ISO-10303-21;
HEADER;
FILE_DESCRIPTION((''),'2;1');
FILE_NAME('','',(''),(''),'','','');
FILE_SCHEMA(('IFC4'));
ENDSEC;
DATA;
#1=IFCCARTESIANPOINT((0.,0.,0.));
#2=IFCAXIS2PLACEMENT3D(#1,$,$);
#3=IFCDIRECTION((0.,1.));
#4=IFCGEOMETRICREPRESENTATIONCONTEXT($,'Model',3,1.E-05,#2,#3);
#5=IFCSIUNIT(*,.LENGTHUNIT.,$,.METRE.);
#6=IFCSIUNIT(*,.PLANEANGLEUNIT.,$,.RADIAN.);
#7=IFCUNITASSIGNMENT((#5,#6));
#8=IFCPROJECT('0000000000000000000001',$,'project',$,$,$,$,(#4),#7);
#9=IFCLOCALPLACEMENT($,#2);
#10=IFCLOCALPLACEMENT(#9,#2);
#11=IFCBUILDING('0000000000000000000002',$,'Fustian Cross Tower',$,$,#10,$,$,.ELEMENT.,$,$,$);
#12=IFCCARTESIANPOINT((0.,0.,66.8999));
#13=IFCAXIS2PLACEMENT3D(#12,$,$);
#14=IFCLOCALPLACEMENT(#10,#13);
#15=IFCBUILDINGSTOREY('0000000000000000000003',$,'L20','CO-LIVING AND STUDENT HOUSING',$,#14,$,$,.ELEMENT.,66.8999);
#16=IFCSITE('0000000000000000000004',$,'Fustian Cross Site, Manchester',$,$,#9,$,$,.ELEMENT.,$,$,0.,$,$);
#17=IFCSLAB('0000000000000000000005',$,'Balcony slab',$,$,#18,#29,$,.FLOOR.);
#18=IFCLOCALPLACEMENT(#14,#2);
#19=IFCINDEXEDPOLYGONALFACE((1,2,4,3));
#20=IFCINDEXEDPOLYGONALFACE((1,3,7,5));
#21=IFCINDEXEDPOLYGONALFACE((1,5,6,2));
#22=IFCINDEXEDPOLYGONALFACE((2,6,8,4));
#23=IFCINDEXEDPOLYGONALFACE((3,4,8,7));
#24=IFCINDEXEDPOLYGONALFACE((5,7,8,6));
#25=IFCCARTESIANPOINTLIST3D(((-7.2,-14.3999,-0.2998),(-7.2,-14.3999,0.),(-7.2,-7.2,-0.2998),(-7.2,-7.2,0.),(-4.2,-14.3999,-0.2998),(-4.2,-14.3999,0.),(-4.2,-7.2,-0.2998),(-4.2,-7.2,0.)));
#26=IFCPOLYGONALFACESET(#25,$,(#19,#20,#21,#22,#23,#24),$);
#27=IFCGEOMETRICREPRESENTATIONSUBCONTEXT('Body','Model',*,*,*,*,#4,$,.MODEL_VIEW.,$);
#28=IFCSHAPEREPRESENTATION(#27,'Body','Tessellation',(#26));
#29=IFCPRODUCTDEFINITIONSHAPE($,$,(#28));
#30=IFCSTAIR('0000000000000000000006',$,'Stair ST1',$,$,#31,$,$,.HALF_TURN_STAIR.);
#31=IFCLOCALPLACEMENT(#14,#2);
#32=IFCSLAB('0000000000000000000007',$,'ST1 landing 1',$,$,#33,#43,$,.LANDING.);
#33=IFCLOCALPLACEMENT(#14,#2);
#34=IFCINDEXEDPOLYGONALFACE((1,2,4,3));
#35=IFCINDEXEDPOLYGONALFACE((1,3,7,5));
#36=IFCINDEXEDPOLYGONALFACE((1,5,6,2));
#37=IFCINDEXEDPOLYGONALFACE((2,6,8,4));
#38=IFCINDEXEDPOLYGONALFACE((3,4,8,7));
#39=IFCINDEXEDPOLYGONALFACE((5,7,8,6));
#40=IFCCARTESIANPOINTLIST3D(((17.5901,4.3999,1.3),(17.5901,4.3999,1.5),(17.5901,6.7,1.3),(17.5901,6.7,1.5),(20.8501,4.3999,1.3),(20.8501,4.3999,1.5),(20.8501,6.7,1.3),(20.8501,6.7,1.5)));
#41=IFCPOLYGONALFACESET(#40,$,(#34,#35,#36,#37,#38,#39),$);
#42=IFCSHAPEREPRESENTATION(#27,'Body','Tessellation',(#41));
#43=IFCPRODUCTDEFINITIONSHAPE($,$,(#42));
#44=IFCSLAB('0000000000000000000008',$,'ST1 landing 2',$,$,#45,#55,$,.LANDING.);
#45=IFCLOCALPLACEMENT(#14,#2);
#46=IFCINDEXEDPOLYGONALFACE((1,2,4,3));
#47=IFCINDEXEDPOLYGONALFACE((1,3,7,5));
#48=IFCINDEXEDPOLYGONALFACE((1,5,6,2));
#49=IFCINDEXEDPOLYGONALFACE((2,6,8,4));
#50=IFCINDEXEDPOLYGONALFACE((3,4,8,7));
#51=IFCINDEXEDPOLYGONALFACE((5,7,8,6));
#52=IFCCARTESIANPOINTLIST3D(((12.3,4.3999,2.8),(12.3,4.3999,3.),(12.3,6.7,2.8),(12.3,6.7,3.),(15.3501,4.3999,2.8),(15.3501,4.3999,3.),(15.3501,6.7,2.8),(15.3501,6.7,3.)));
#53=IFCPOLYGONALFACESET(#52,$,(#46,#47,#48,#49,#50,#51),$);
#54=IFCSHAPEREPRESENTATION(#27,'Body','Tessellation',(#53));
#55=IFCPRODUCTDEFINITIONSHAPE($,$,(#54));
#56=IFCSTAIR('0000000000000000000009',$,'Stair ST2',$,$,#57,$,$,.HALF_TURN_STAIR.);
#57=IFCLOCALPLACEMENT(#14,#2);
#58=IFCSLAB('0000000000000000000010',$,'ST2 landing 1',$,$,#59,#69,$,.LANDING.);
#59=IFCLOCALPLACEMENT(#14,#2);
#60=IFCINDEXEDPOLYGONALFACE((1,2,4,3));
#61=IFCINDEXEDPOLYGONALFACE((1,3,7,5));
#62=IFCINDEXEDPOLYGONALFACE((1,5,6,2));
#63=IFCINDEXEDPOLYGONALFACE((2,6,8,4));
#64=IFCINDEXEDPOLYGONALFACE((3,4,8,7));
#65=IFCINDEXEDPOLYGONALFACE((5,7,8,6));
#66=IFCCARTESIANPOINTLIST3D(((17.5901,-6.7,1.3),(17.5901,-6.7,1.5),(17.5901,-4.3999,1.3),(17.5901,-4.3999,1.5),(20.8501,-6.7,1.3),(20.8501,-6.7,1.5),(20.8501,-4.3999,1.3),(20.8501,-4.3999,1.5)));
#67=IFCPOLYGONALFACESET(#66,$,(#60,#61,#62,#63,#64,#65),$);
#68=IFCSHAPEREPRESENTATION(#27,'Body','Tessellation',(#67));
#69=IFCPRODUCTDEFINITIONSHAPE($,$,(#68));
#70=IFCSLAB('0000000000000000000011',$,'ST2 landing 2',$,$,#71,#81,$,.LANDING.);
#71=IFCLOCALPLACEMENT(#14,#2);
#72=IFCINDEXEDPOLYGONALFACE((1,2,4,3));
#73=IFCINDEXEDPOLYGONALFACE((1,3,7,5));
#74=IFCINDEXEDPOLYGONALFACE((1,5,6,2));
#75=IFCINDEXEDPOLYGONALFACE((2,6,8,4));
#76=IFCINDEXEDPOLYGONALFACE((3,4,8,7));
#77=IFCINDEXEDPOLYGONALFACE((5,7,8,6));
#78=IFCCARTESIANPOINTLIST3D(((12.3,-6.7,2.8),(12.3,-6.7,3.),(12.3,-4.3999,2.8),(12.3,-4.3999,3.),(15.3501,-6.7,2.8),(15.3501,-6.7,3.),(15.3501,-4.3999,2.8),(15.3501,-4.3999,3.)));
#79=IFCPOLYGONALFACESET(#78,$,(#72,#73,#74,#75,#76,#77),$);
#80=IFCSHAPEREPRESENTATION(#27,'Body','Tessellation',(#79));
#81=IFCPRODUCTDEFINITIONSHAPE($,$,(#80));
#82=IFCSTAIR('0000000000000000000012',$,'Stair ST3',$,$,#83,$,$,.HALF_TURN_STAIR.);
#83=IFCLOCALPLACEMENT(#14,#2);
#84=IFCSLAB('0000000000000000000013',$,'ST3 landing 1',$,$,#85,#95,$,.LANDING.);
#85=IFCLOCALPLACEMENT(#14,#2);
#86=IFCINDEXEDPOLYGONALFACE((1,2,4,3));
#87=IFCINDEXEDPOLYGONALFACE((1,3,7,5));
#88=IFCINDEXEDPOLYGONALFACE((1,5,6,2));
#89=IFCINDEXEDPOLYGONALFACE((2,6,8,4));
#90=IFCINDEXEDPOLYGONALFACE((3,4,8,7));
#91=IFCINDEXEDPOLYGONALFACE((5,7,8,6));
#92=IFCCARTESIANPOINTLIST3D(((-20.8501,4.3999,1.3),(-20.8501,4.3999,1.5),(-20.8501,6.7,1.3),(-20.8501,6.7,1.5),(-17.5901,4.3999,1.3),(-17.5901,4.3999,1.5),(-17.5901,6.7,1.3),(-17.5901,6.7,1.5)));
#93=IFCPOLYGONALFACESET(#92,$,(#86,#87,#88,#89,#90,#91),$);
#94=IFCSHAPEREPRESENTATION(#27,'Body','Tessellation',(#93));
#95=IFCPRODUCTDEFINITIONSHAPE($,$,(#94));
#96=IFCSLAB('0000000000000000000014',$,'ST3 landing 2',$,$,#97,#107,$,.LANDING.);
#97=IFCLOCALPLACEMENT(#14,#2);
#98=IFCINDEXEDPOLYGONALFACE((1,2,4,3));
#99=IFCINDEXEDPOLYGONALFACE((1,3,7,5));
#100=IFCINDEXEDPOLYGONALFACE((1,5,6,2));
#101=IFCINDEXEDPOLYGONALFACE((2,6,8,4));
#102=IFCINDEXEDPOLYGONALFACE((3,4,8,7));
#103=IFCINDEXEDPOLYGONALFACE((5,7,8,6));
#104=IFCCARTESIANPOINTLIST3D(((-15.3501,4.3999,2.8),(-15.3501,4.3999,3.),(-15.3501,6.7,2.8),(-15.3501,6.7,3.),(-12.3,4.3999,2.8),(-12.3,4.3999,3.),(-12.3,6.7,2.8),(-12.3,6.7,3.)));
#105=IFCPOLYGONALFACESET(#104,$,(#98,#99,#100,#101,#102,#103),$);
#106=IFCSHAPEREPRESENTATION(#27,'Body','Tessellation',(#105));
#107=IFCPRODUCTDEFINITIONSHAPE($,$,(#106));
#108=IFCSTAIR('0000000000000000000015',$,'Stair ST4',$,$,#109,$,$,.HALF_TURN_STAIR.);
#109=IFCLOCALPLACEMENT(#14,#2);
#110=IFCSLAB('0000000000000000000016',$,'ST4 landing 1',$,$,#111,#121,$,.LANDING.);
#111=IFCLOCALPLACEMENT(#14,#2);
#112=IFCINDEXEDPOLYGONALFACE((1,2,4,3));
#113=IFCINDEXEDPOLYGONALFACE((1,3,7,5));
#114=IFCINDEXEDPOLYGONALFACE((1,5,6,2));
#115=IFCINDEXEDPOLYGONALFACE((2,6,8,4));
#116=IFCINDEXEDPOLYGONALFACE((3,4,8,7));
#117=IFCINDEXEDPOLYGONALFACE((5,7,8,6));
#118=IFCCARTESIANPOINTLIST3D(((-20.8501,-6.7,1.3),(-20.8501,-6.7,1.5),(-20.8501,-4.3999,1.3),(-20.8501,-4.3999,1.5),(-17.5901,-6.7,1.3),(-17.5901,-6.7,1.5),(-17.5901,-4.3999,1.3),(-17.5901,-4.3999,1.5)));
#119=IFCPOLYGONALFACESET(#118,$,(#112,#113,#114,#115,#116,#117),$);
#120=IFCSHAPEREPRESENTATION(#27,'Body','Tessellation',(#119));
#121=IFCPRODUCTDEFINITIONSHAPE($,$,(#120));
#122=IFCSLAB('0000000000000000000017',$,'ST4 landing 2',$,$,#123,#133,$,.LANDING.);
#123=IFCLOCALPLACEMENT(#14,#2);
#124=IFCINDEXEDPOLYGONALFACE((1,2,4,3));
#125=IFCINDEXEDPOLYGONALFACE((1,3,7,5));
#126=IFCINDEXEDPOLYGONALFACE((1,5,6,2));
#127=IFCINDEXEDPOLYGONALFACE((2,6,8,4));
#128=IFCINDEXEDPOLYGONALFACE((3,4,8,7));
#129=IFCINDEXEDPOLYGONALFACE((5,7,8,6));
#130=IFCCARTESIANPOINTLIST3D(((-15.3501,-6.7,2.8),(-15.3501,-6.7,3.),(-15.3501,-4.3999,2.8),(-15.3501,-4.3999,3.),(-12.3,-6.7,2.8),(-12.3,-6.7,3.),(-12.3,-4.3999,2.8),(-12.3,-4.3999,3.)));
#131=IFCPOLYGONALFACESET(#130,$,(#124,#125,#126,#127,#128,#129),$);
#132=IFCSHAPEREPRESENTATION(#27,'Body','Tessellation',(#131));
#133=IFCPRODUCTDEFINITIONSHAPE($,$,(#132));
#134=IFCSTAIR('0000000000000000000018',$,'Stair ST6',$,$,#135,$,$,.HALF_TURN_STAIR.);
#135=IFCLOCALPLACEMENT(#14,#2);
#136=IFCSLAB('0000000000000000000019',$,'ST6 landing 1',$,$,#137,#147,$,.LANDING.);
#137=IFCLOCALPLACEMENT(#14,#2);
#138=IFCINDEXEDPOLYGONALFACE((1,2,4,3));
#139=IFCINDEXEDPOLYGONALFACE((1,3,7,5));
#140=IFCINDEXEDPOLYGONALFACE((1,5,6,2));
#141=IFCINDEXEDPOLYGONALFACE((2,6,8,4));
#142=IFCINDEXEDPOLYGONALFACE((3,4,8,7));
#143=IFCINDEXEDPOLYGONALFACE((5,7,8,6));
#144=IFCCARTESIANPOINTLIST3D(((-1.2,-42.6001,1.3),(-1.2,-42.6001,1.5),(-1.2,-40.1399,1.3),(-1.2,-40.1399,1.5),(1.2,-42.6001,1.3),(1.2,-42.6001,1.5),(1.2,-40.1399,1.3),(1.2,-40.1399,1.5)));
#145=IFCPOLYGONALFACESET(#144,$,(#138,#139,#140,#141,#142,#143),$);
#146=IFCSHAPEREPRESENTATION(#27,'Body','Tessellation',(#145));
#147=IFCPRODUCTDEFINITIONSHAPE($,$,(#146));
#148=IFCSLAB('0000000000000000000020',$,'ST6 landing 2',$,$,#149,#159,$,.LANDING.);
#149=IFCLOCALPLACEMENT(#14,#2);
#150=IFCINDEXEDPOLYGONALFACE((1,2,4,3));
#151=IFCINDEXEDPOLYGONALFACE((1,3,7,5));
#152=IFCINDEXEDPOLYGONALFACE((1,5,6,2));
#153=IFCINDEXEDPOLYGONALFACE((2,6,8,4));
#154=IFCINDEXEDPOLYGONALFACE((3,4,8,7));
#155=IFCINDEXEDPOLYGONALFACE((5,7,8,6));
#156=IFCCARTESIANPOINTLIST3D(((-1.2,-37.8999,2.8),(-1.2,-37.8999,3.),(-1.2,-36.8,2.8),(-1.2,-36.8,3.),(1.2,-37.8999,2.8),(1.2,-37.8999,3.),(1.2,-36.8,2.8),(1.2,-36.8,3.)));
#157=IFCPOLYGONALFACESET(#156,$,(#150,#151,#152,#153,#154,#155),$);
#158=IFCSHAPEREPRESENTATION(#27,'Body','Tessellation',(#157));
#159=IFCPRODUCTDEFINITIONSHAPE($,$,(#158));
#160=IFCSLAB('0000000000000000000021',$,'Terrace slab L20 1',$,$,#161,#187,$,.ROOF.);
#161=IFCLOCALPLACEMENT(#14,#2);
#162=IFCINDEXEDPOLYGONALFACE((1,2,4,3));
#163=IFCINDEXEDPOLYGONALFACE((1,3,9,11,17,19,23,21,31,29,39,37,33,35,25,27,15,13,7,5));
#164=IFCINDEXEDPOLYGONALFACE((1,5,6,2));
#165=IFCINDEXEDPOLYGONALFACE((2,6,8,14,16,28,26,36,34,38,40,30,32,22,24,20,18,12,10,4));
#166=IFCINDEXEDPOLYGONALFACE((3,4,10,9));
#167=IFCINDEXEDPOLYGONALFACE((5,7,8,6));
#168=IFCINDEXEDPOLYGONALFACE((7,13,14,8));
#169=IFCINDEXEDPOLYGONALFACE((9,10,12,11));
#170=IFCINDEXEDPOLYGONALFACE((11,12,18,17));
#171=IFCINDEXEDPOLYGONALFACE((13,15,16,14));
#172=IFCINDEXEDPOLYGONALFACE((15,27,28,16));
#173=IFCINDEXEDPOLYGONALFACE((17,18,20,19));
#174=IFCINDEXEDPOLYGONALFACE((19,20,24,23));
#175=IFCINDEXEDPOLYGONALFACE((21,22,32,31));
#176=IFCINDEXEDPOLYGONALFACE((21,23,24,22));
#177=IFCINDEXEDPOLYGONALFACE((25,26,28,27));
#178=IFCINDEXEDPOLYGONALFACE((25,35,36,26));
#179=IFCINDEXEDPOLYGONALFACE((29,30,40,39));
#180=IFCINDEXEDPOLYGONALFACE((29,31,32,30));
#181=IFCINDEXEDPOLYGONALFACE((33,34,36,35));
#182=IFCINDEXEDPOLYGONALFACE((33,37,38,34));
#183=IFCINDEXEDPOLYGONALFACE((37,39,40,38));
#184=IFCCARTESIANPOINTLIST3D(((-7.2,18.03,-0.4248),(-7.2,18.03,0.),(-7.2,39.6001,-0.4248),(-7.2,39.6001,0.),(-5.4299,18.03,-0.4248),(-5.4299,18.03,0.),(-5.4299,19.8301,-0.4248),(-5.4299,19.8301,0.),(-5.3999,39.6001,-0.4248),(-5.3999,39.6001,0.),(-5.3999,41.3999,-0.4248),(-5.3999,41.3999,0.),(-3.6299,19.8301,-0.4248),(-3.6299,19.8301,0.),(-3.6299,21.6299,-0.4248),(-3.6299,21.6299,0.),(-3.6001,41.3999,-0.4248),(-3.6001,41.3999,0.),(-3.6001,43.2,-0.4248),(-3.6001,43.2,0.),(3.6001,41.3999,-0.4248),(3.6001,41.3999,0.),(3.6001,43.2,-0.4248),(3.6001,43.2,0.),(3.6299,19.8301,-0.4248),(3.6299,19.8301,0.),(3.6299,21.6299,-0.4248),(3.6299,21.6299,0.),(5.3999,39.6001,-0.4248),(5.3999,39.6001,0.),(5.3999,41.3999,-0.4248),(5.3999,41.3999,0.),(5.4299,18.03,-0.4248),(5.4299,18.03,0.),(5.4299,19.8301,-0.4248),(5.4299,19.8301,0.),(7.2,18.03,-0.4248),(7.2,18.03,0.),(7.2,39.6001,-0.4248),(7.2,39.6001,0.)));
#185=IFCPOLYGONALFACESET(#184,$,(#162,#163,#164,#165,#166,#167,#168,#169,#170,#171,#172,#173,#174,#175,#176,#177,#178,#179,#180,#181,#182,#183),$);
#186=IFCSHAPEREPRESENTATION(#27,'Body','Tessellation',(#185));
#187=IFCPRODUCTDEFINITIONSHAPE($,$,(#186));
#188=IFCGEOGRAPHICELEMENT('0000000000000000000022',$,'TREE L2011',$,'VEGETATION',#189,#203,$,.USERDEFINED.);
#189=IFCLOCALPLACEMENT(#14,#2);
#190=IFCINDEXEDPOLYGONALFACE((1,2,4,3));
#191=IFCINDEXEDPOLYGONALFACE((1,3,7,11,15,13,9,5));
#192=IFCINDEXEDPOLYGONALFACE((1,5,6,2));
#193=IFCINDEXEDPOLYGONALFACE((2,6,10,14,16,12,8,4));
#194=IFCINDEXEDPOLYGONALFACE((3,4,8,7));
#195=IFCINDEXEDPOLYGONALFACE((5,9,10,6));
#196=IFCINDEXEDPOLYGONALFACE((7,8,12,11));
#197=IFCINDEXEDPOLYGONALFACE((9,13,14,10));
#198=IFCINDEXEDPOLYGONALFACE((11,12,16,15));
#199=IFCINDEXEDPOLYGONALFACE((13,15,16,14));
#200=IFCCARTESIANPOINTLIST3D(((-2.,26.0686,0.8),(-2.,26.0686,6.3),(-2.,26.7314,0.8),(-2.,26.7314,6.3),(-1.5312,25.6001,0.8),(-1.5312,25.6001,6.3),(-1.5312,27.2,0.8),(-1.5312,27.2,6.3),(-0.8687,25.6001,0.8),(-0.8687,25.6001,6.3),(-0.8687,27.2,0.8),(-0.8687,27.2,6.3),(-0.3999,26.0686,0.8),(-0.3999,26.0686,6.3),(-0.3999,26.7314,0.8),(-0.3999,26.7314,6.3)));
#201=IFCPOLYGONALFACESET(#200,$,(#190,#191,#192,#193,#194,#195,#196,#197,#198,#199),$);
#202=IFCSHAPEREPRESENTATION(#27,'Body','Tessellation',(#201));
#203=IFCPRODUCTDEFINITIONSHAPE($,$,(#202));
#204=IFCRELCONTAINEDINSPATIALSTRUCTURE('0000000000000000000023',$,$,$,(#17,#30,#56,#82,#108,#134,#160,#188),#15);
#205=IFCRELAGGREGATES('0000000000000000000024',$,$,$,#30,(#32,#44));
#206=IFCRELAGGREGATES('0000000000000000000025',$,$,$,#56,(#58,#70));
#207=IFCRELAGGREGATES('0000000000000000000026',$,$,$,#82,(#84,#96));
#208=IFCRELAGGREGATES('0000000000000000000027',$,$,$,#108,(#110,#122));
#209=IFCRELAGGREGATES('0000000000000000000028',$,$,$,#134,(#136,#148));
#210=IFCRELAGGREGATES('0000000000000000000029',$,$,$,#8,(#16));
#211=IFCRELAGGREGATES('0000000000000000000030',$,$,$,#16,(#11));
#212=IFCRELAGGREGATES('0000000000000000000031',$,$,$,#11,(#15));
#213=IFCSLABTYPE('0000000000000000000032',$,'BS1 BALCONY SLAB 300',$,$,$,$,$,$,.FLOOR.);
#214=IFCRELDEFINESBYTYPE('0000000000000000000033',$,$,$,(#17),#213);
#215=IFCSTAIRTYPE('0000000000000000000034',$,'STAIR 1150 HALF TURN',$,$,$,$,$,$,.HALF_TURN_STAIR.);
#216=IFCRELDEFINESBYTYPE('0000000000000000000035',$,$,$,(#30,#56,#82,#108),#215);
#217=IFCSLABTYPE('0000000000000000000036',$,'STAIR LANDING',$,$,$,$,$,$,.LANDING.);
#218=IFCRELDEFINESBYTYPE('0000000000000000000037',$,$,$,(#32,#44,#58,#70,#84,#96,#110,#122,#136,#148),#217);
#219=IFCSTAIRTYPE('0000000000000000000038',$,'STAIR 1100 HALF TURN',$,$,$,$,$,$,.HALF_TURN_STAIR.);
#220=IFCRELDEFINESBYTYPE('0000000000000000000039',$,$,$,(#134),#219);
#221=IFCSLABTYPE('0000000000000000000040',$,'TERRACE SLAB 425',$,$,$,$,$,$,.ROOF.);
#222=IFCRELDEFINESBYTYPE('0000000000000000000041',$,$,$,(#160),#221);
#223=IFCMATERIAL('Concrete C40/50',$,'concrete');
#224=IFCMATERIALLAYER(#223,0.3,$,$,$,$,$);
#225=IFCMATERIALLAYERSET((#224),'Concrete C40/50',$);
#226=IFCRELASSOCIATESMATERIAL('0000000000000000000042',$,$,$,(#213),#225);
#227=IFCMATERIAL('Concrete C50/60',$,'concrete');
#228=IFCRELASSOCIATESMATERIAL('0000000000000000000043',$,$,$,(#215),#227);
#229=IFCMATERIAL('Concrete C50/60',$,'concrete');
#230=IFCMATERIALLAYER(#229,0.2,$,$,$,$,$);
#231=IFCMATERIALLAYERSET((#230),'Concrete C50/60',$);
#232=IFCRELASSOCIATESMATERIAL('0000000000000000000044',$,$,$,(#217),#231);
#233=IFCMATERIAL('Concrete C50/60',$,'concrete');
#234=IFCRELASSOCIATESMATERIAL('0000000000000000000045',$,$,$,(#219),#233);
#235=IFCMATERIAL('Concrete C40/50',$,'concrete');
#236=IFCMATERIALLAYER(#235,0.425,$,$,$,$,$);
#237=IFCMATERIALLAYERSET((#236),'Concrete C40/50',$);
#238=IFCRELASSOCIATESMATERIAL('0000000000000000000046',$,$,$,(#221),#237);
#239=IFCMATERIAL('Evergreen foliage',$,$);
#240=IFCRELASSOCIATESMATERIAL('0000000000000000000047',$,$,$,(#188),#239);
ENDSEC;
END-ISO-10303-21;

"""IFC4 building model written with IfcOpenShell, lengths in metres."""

from ifc_helpers import new_model, si_unit, direction, frame, origin, place, context, subcontext, project, spatial, polyline, outline, extrude, material, layer, layer_set, type_object, element, aggregate, save


model = new_model("IFC4")

# Units and contexts
model_context = context("Model", 3, precision=1e-05, world=origin(), true_north=direction((0.0, 1.0)))
body_context = subcontext(model_context, "Body", "Model", "MODEL_VIEW")
ifc_project = project(units=[si_unit("LENGTHUNIT", "METRE"), si_unit("PLANEANGLEUNIT", "RADIAN")], contexts=[model_context])

# Site, building, storey
site_placement = place(None, origin())
site = spatial("IfcSite", under=ifc_project, at=site_placement, Name="Fustian Cross Site, Manchester", CompositionType="ELEMENT", RefElevation=0.0)
building_placement = place(site_placement, origin())
building = spatial("IfcBuilding", under=site, at=building_placement, Name="Fustian Cross Tower", CompositionType="ELEMENT")
storey_placement = place(building_placement, frame((0.0, 0.0, 66.8999)))
storey = spatial("IfcBuildingStorey", under=building, at=storey_placement, Name="L20", Description="CO-LIVING AND STUDENT HOUSING", CompositionType="ELEMENT", Elevation=66.8999)

# Slab
ifc_material_1 = material(Name="Concrete C40/50", Category="concrete")
ifc_layer_1 = layer(ifc_material_1, 0.3)
ifc_layer_set_1 = layer_set([ifc_layer_1], Name="Concrete C40/50")
slab_type_1 = type_object("IfcSlabType", Name="BS1 BALCONY SLAB 300", PredefinedType="FLOOR", material=ifc_layer_set_1)
slab_1_placement = place(storey_placement, frame((0.0, 0.0, -0.2998)))
element("IfcSlab", 1, at=slab_1_placement, inside=storey, type_object=slab_type_1, Name="Balcony slab", PredefinedType="FLOOR", context=body_context, shape_type="SweptSolid", body=[
    extrude(outline(polyline([(-7.2, -14.3999), (-4.2, -14.3999), (-4.2, -7.2), (-7.2, -7.2), (-7.2, -14.3999)])), origin(), (0.0, 0.0, 1.0), 0.2998),
])

# Stairs, slabs
ifc_material_2 = material(Name="Concrete C50/60", Category="concrete")
stair_type_1 = type_object("IfcStairType", Name="STAIR 1150 HALF TURN", PredefinedType="HALF_TURN_STAIR", material=ifc_material_2)
stair_1_placement = place(storey_placement, origin())
stair_1 = element("IfcStair", 2, at=stair_1_placement, inside=storey, type_object=stair_type_1, Name="Stair ST1", PredefinedType="HALF_TURN_STAIR")
ifc_material_3 = material(Name="Concrete C50/60", Category="concrete")
ifc_layer_2 = layer(ifc_material_3, 0.2)
ifc_layer_set_2 = layer_set([ifc_layer_2], Name="Concrete C50/60")
slab_type_2 = type_object("IfcSlabType", Name="STAIR LANDING", PredefinedType="LANDING", material=ifc_layer_set_2)
slab_2_placement = place(storey_placement, frame((0.0, 0.0, 1.3)))
slab_2 = element("IfcSlab", 3, at=slab_2_placement, type_object=slab_type_2, Name="ST1 landing 1", PredefinedType="LANDING", context=body_context, shape_type="SweptSolid", body=[
    extrude(outline(polyline([(17.5901, 4.3999), (20.8501, 4.3999), (20.8501, 6.7), (17.5901, 6.7), (17.5901, 4.3999)])), origin(), (0.0, 0.0, 1.0), 0.2),
])
slab_3_placement = place(storey_placement, frame((0.0, 0.0, 2.8)))
slab_3 = element("IfcSlab", 4, at=slab_3_placement, type_object=slab_type_2, Name="ST1 landing 2", PredefinedType="LANDING", context=body_context, shape_type="SweptSolid", body=[
    extrude(outline(polyline([(12.3, 4.3999), (15.3501, 4.3999), (15.3501, 6.7), (12.3, 6.7), (12.3, 4.3999)])), origin(), (0.0, 0.0, 1.0), 0.2),
])
aggregate(stair_1, [slab_2, slab_3])
stair_2_placement = place(storey_placement, origin())
stair_2 = element("IfcStair", 5, at=stair_2_placement, inside=storey, type_object=stair_type_1, Name="Stair ST2", PredefinedType="HALF_TURN_STAIR")
slab_4_placement = place(storey_placement, frame((0.0, 0.0, 1.3)))
slab_4 = element("IfcSlab", 6, at=slab_4_placement, type_object=slab_type_2, Name="ST2 landing 1", PredefinedType="LANDING", context=body_context, shape_type="SweptSolid", body=[
    extrude(outline(polyline([(17.5901, -4.3999), (20.8501, -4.3999), (20.8501, -6.7), (17.5901, -6.7), (17.5901, -4.3999)])), origin(), (0.0, 0.0, 1.0), 0.2),
])
slab_5_placement = place(storey_placement, frame((0.0, 0.0, 2.8)))
slab_5 = element("IfcSlab", 7, at=slab_5_placement, type_object=slab_type_2, Name="ST2 landing 2", PredefinedType="LANDING", context=body_context, shape_type="SweptSolid", body=[
    extrude(outline(polyline([(12.3, -4.3999), (15.3501, -4.3999), (15.3501, -6.7), (12.3, -6.7), (12.3, -4.3999)])), origin(), (0.0, 0.0, 1.0), 0.2),
])
aggregate(stair_2, [slab_4, slab_5])
stair_3_placement = place(storey_placement, origin())
stair_3 = element("IfcStair", 8, at=stair_3_placement, inside=storey, type_object=stair_type_1, Name="Stair ST3", PredefinedType="HALF_TURN_STAIR")
slab_6_placement = place(storey_placement, frame((0.0, 0.0, 1.3)))
slab_6 = element("IfcSlab", 9, at=slab_6_placement, type_object=slab_type_2, Name="ST3 landing 1", PredefinedType="LANDING", context=body_context, shape_type="SweptSolid", body=[
    extrude(outline(polyline([(-17.5901, 4.3999), (-20.8501, 4.3999), (-20.8501, 6.7), (-17.5901, 6.7), (-17.5901, 4.3999)])), origin(), (0.0, 0.0, 1.0), 0.2),
])
slab_7_placement = place(storey_placement, frame((0.0, 0.0, 2.8)))
slab_7 = element("IfcSlab", 10, at=slab_7_placement, type_object=slab_type_2, Name="ST3 landing 2", PredefinedType="LANDING", context=body_context, shape_type="SweptSolid", body=[
    extrude(outline(polyline([(-12.3, 4.3999), (-15.3501, 4.3999), (-15.3501, 6.7), (-12.3, 6.7), (-12.3, 4.3999)])), origin(), (0.0, 0.0, 1.0), 0.2),
])
aggregate(stair_3, [slab_6, slab_7])
stair_4_placement = place(storey_placement, origin())
stair_4 = element("IfcStair", 11, at=stair_4_placement, inside=storey, type_object=stair_type_1, Name="Stair ST4", PredefinedType="HALF_TURN_STAIR")
slab_8_placement = place(storey_placement, frame((0.0, 0.0, 1.3)))
slab_8 = element("IfcSlab", 12, at=slab_8_placement, type_object=slab_type_2, Name="ST4 landing 1", PredefinedType="LANDING", context=body_context, shape_type="SweptSolid", body=[
    extrude(outline(polyline([(-17.5901, -4.3999), (-20.8501, -4.3999), (-20.8501, -6.7), (-17.5901, -6.7), (-17.5901, -4.3999)])), origin(), (0.0, 0.0, 1.0), 0.2),
])
slab_9_placement = place(storey_placement, frame((0.0, 0.0, 2.8)))
slab_9 = element("IfcSlab", 13, at=slab_9_placement, type_object=slab_type_2, Name="ST4 landing 2", PredefinedType="LANDING", context=body_context, shape_type="SweptSolid", body=[
    extrude(outline(polyline([(-12.3, -4.3999), (-15.3501, -4.3999), (-15.3501, -6.7), (-12.3, -6.7), (-12.3, -4.3999)])), origin(), (0.0, 0.0, 1.0), 0.2),
])
aggregate(stair_4, [slab_8, slab_9])
ifc_material_4 = material(Name="Concrete C50/60", Category="concrete")
stair_type_2 = type_object("IfcStairType", Name="STAIR 1100 HALF TURN", PredefinedType="HALF_TURN_STAIR", material=ifc_material_4)
stair_5_placement = place(storey_placement, origin())
stair_5 = element("IfcStair", 14, at=stair_5_placement, inside=storey, type_object=stair_type_2, Name="Stair ST6", PredefinedType="HALF_TURN_STAIR")
slab_10_placement = place(storey_placement, frame((0.0, 0.0, 1.3)))
slab_10 = element("IfcSlab", 15, at=slab_10_placement, type_object=slab_type_2, Name="ST6 landing 1", PredefinedType="LANDING", context=body_context, shape_type="SweptSolid", body=[
    extrude(outline(polyline([(-1.2, -40.1399), (-1.2, -42.6001), (1.2, -42.6001), (1.2, -40.1399), (-1.2, -40.1399)])), origin(), (0.0, 0.0, 1.0), 0.2),
])
slab_11_placement = place(storey_placement, frame((0.0, 0.0, 2.8)))
slab_11 = element("IfcSlab", 16, at=slab_11_placement, type_object=slab_type_2, Name="ST6 landing 2", PredefinedType="LANDING", context=body_context, shape_type="SweptSolid", body=[
    extrude(outline(polyline([(-1.2, -36.8), (-1.2, -37.8999), (1.2, -37.8999), (1.2, -36.8), (-1.2, -36.8)])), origin(), (0.0, 0.0, 1.0), 0.2),
])
aggregate(stair_5, [slab_10, slab_11])

# Slab
ifc_material_5 = material(Name="Concrete C40/50", Category="concrete")
ifc_layer_3 = layer(ifc_material_5, 0.425)
ifc_layer_set_3 = layer_set([ifc_layer_3], Name="Concrete C40/50")
slab_type_3 = type_object("IfcSlabType", Name="TERRACE SLAB 425", PredefinedType="ROOF", material=ifc_layer_set_3)
slab_12_placement = place(storey_placement, frame((0.0, 0.0, -0.4248)))
element("IfcSlab", 17, at=slab_12_placement, inside=storey, type_object=slab_type_3, Name="Terrace slab L20 1", PredefinedType="ROOF", context=body_context, shape_type="SweptSolid", body=[
    extrude(outline(polyline([(-5.3999, 39.6001), (-7.2, 39.6001), (-7.2, 18.03), (-5.4299, 18.03), (-5.4299, 19.8301), (-3.6299, 19.8301), (-3.6299, 21.6299), (3.6299, 21.6299), (3.6299, 19.8301), (5.4299, 19.8301), (5.4299, 18.03), (7.2, 18.03), (7.2, 39.6001), (5.3999, 39.6001), (5.3999, 41.3999), (3.6001, 41.3999), (3.6001, 43.2), (-3.6001, 43.2), (-3.6001, 41.3999), (-5.3999, 41.3999), (-5.3999, 39.6001)])), origin(), (0.0, 0.0, 1.0), 0.4248),
])

# Geographic element
ifc_material_6 = material(Name="Evergreen foliage")
geographic_element_1_placement = place(storey_placement, frame((0.0, 0.0, 0.8)))
element("IfcGeographicElement", 18, at=geographic_element_1_placement, inside=storey, material=ifc_material_6, Name="TREE L2011", ObjectType="VEGETATION", PredefinedType="USERDEFINED", context=body_context, shape_type="SweptSolid", body=[
    extrude(outline(polyline([(-0.3999, 26.7314), (-0.8687, 27.2), (-1.5312, 27.2), (-2.0, 26.7314), (-2.0, 26.0686), (-1.5312, 25.6001), (-0.8687, 25.6001), (-0.3999, 26.0686), (-0.3999, 26.7314)])), origin(), (0.0, 0.0, 1.0), 5.5),
])

save(model, "model.ifc")
